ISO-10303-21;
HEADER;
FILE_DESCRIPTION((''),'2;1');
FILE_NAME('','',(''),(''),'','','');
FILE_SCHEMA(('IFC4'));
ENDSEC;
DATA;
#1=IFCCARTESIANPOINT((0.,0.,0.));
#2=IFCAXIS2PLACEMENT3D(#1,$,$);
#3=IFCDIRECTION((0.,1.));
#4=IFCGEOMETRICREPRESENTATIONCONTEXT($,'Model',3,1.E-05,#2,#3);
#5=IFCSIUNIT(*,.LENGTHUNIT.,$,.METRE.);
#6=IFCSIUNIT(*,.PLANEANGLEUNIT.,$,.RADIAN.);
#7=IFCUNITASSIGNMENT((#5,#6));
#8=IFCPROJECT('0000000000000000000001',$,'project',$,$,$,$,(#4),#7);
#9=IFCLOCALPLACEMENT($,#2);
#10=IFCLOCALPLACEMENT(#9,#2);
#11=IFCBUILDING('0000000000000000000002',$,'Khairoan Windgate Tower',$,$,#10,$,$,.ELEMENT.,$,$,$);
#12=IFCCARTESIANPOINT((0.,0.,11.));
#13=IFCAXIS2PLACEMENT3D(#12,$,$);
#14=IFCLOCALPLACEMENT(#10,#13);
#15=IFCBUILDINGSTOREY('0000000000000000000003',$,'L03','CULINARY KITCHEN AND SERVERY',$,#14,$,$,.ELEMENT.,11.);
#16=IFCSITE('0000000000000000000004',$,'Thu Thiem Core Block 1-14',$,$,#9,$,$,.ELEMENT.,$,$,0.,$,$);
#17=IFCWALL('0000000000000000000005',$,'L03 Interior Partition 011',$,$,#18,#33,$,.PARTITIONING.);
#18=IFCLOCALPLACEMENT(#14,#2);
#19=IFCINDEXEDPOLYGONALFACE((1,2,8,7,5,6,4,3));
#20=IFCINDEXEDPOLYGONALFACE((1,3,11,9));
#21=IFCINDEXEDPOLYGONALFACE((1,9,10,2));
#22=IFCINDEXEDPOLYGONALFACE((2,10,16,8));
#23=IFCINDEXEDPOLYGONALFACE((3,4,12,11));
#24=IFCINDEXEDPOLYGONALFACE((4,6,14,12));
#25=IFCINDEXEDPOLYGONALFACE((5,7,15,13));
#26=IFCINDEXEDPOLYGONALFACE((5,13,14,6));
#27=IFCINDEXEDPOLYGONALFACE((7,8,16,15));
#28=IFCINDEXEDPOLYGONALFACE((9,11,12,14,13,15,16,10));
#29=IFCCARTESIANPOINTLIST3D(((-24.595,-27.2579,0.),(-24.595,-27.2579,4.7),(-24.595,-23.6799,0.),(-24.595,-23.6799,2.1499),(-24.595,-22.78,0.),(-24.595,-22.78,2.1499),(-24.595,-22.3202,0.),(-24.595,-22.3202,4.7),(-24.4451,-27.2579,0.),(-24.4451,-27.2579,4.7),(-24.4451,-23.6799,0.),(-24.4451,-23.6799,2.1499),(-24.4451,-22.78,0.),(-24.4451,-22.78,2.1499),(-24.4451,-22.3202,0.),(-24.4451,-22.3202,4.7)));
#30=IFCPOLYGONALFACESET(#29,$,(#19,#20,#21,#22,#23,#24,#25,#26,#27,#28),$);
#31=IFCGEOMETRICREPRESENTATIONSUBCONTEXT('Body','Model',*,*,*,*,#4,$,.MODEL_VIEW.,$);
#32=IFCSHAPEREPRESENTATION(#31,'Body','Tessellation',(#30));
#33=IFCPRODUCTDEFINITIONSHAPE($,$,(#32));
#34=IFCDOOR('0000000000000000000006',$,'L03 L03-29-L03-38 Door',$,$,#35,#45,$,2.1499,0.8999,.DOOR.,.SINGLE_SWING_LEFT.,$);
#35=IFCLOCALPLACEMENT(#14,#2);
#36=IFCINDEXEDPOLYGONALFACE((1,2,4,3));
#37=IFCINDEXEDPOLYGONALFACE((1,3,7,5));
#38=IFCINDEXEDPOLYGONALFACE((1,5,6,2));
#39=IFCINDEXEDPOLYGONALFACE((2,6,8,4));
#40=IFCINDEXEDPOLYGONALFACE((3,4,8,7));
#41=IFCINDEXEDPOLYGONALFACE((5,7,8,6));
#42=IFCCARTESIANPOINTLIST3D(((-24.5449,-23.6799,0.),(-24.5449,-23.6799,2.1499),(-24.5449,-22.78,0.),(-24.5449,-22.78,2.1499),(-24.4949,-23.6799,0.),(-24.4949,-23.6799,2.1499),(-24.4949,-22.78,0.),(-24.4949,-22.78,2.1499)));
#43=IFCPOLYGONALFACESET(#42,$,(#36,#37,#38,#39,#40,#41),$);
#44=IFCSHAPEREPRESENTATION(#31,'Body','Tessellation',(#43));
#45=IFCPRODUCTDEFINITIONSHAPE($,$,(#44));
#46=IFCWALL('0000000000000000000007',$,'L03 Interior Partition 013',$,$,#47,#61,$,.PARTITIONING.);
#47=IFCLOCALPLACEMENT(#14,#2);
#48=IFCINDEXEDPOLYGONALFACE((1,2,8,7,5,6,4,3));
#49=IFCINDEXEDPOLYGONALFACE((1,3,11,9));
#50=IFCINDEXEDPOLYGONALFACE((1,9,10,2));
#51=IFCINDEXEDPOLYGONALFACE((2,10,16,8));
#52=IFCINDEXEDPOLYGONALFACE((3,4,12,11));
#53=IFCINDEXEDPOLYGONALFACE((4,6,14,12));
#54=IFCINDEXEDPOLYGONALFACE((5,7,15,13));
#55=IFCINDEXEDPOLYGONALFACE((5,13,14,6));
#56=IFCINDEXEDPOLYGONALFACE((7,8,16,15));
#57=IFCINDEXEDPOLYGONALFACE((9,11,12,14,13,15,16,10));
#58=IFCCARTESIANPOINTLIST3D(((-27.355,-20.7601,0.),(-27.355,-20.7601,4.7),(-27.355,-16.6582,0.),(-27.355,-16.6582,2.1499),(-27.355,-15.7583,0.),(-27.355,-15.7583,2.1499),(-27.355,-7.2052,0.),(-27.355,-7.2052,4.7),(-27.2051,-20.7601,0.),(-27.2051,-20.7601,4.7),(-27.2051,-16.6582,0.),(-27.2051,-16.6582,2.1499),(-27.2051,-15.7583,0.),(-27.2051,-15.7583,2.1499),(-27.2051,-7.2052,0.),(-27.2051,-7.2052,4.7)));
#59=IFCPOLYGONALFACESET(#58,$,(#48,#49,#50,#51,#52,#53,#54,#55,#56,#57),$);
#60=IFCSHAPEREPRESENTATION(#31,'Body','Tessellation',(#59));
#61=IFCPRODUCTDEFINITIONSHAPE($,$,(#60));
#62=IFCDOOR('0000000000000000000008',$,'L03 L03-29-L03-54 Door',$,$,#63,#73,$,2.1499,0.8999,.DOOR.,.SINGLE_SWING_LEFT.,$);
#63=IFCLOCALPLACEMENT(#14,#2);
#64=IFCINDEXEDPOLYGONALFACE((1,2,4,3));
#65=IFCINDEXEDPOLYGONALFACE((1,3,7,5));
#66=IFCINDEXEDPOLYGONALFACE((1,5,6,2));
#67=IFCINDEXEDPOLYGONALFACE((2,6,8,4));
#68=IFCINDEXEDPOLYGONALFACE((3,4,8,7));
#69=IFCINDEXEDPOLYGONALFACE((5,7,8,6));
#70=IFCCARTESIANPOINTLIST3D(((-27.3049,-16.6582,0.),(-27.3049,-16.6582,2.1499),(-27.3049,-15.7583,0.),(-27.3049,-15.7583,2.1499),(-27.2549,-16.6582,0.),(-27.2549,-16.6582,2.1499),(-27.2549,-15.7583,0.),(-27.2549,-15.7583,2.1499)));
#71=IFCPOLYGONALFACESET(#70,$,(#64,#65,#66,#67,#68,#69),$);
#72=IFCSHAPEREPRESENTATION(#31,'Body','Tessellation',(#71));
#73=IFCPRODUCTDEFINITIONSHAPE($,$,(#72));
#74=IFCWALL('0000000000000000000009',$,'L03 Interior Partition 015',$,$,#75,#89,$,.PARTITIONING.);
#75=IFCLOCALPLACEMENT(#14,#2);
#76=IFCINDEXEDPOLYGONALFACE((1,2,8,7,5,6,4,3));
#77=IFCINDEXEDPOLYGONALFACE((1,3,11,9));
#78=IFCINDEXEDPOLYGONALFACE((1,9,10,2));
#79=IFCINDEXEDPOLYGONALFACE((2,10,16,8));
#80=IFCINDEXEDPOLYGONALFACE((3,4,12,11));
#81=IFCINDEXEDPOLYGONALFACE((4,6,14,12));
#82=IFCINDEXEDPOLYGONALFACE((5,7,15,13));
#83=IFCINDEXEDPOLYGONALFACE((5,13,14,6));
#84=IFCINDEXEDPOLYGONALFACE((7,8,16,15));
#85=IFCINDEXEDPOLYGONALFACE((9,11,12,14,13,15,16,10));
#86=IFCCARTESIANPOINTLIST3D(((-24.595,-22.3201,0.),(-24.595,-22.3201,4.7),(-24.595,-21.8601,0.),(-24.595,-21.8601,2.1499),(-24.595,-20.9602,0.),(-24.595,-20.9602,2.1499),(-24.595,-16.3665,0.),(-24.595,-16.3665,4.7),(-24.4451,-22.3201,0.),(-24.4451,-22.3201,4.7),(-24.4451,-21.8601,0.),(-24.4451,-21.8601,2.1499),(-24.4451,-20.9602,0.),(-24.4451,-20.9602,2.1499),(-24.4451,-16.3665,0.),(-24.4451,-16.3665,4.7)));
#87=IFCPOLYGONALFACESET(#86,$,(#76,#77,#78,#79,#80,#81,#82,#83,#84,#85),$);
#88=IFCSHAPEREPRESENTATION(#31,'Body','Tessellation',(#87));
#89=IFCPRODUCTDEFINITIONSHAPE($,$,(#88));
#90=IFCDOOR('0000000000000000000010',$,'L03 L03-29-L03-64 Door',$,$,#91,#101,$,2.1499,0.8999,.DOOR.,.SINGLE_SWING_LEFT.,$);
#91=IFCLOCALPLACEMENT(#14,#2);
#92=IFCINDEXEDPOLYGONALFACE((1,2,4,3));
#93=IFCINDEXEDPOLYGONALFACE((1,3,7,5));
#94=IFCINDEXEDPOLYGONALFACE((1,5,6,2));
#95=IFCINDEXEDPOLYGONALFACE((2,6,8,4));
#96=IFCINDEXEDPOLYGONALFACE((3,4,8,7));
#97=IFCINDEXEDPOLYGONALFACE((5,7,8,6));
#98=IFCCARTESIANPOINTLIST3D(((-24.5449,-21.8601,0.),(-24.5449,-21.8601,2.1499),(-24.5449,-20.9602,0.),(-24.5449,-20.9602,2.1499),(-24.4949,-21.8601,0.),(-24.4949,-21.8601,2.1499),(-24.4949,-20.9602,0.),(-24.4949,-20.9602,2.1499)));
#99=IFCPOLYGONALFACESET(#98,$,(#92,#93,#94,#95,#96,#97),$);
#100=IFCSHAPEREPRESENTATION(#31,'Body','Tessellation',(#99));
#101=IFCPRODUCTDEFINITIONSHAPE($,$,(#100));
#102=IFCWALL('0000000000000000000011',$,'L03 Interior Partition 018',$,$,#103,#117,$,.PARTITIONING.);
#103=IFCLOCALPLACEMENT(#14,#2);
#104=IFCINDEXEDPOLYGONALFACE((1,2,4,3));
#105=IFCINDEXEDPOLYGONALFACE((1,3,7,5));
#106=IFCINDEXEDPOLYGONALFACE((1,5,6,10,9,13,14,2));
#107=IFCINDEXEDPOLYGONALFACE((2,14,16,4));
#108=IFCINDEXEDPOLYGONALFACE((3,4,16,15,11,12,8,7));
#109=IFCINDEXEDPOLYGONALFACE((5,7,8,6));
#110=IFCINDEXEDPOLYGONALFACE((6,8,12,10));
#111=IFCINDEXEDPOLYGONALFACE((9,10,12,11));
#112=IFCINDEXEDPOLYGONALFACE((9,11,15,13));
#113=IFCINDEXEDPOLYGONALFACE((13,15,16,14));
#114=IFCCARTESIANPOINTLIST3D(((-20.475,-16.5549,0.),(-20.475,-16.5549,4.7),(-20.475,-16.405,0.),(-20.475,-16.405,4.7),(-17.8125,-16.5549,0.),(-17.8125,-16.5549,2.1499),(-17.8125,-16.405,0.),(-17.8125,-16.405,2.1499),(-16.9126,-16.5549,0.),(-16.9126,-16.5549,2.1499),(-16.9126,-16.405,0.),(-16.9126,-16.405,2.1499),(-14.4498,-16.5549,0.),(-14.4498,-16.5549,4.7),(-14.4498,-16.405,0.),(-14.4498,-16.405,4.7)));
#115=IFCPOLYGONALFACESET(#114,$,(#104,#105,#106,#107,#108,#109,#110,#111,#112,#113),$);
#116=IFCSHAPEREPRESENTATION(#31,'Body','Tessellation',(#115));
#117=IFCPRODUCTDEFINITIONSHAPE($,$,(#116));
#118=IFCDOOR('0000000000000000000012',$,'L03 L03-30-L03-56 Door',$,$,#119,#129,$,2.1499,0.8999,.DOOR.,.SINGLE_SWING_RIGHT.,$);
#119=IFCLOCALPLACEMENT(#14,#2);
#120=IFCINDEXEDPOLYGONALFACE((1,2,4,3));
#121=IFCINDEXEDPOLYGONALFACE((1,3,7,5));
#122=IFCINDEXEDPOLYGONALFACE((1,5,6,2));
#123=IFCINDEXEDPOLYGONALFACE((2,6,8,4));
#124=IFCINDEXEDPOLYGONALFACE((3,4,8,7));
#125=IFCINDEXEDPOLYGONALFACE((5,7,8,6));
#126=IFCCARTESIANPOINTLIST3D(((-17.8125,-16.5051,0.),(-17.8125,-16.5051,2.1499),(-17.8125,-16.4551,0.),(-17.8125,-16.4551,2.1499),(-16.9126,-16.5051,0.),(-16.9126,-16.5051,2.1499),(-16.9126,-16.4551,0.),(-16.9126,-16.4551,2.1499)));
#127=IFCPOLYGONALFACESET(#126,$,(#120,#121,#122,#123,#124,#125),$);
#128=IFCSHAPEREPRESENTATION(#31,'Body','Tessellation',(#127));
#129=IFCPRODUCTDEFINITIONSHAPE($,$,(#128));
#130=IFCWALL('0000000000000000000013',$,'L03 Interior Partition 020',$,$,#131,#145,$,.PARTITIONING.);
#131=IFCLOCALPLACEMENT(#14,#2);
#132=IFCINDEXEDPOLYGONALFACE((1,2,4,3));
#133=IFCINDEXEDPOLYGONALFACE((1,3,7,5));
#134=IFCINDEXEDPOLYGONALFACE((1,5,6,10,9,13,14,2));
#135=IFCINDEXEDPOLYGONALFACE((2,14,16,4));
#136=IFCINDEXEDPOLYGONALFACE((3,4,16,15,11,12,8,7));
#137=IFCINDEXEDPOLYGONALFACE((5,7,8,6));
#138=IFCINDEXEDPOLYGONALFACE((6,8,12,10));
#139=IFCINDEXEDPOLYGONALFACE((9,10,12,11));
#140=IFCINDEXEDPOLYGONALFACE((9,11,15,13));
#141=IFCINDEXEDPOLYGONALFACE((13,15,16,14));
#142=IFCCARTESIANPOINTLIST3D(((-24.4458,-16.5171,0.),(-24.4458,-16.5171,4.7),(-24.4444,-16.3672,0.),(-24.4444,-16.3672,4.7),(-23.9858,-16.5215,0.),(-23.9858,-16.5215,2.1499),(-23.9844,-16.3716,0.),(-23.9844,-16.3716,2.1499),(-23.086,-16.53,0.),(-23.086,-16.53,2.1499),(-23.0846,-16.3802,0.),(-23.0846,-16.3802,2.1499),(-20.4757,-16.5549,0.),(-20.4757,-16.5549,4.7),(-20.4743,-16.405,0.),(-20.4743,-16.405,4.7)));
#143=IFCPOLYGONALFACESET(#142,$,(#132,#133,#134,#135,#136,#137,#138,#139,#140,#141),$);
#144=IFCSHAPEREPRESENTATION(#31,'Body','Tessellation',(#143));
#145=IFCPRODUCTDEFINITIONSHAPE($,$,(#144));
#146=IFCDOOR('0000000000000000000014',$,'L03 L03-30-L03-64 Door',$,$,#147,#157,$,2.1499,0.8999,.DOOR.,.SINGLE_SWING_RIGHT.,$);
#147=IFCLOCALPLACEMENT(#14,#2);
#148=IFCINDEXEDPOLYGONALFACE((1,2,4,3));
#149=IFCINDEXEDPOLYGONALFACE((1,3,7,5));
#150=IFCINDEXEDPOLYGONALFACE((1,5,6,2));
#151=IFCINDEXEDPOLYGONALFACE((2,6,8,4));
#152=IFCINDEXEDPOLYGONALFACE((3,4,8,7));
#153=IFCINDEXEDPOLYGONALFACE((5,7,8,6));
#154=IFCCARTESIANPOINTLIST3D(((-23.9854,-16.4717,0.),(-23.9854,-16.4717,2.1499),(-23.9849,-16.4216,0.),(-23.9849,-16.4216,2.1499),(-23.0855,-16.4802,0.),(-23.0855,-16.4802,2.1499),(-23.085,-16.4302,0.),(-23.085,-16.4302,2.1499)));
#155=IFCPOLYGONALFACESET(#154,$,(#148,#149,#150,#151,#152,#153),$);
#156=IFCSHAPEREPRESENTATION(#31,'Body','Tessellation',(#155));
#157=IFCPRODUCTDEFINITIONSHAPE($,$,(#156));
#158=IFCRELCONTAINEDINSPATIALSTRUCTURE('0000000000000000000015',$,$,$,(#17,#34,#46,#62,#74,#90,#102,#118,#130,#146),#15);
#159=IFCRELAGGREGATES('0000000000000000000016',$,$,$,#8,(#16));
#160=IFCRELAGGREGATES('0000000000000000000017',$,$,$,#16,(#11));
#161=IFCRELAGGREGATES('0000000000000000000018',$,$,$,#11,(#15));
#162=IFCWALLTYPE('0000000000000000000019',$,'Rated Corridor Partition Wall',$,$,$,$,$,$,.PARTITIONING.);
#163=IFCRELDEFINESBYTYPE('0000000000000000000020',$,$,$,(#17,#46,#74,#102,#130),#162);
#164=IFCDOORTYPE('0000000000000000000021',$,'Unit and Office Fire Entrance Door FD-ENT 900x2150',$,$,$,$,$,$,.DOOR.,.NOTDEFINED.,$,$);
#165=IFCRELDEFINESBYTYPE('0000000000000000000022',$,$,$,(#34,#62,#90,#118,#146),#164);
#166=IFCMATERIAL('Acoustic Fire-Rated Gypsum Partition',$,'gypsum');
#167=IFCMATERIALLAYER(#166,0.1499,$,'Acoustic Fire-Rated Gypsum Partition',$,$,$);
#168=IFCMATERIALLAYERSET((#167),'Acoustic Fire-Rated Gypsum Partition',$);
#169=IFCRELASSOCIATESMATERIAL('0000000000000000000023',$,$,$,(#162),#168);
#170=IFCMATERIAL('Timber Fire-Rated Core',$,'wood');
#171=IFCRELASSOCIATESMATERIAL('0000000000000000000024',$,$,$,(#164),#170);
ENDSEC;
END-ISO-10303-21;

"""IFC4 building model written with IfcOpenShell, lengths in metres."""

from ifc_helpers import new_model, si_unit, direction, frame, frame_2d, origin, place, context, subcontext, project, spatial, rectangle, extrude, material, layer, layer_set, type_object, element, fill, save


model = new_model("IFC4")

# Units and contexts
model_context = context("Model", 3, precision=1e-05, world=origin(), true_north=direction((0.0, 1.0)))
body_context = subcontext(model_context, "Body", "Model", "MODEL_VIEW")
ifc_project = project(units=[si_unit("LENGTHUNIT", "METRE"), si_unit("PLANEANGLEUNIT", "RADIAN")], contexts=[model_context])

# Site, building, storey
site_placement = place(None, origin())
site = spatial("IfcSite", under=ifc_project, at=site_placement, Name="Thu Thiem Core Block 1-14", CompositionType="ELEMENT", RefElevation=0.0)
building_placement = place(site_placement, origin())
building = spatial("IfcBuilding", under=site, at=building_placement, Name="Khairoan Windgate Tower", CompositionType="ELEMENT")
storey_placement = place(building_placement, frame((0.0, 0.0, 11.0)))
storey = spatial("IfcBuildingStorey", under=building, at=storey_placement, Name="L03", Description="CULINARY KITCHEN AND SERVERY", CompositionType="ELEMENT", Elevation=11.0)

# Walls, openings, doors
ifc_material_1 = material(Name="Acoustic Fire-Rated Gypsum Partition", Category="gypsum")
ifc_layer_1 = layer(ifc_material_1, 0.1499, Name="Acoustic Fire-Rated Gypsum Partition")
ifc_layer_set_1 = layer_set([ifc_layer_1], Name="Acoustic Fire-Rated Gypsum Partition")
wall_type_1 = type_object("IfcWallType", Name="Rated Corridor Partition Wall", PredefinedType="PARTITIONING", material=ifc_layer_set_1)
ifc_material_2 = material(Name="Timber Fire-Rated Core", Category="wood")
door_type_1 = type_object("IfcDoorType", Name="Unit and Office Fire Entrance Door FD-ENT 900x2150", OperationType="NOTDEFINED", PredefinedType="DOOR", material=ifc_material_2)
wall_1_placement = place(storey_placement, frame((-24.52, -27.2578, 0.0), z_axis=(0.0, 0.0, 1.0), x_axis=(0.0, 1.0, 0.0)))
wall_1 = element("IfcWall", 1, at=wall_1_placement, inside=storey, type_object=wall_type_1, Name="L03 Interior Partition 011", PredefinedType="PARTITIONING", context=body_context, shape_type="SweptSolid", body=[
    extrude(rectangle(XDim=4.9377, YDim=0.1499, at=frame_2d((2.4688, 0.0))), origin(), (0.0, 0.0, 1.0), 4.7),
])
opening_1_placement = place(wall_1_placement, frame((3.5779, 0.0, 0.0)))
opening_1 = element("IfcOpeningElement", 2, at=opening_1_placement, cuts=wall_1, PredefinedType="OPENING", context=body_context, shape_type="SweptSolid", body=[
    extrude(rectangle(XDim=0.8999, YDim=2.1499, at=frame_2d((0.45, 1.075))), frame((0.0, 0.085, 0.0), z_axis=(0.0, -1.0, 0.0), x_axis=(1.0, 0.0, 0.0)), (0.0, 0.0, 1.0), 0.1699),
])
door_1_placement = place(opening_1_placement, origin())
door_1 = element("IfcDoor", 3, at=door_1_placement, inside=storey, type_object=door_type_1, Name="L03 L03-29-L03-38 Door", OperationType="SINGLE_SWING_LEFT", OverallHeight=2.1499, OverallWidth=0.8999, PredefinedType="DOOR", context=body_context, shape_type="SweptSolid", body=[
    extrude(rectangle(XDim=0.8999, YDim=2.1499, at=frame_2d((0.45, 1.075))), frame((0.0, 0.0249, 0.0), z_axis=(0.0, -1.0, 0.0), x_axis=(1.0, 0.0, 0.0)), (0.0, 0.0, 1.0), 0.05),
])
fill(opening_1, door_1)
wall_2_placement = place(storey_placement, frame((-27.28, -20.76, 0.0), z_axis=(0.0, 0.0, 1.0), x_axis=(0.0, 1.0, 0.0)))
wall_2 = element("IfcWall", 4, at=wall_2_placement, inside=storey, type_object=wall_type_1, Name="L03 Interior Partition 013", PredefinedType="PARTITIONING", context=body_context, shape_type="SweptSolid", body=[
    extrude(rectangle(XDim=13.5549, YDim=0.1499, at=frame_2d((6.7773, 0.0))), origin(), (0.0, 0.0, 1.0), 4.7),
])
opening_2_placement = place(wall_2_placement, frame((4.1018, 0.0, 0.0)))
opening_2 = element("IfcOpeningElement", 5, at=opening_2_placement, cuts=wall_2, PredefinedType="OPENING", context=body_context, shape_type="SweptSolid", body=[
    extrude(rectangle(XDim=0.8999, YDim=2.1499, at=frame_2d((0.45, 1.075))), frame((0.0, 0.085, 0.0), z_axis=(0.0, -1.0, 0.0), x_axis=(1.0, 0.0, 0.0)), (0.0, 0.0, 1.0), 0.1699),
])
door_2_placement = place(opening_2_placement, origin())
door_2 = element("IfcDoor", 6, at=door_2_placement, inside=storey, type_object=door_type_1, Name="L03 L03-29-L03-54 Door", OperationType="SINGLE_SWING_LEFT", OverallHeight=2.1499, OverallWidth=0.8999, PredefinedType="DOOR", context=body_context, shape_type="SweptSolid", body=[
    extrude(rectangle(XDim=0.8999, YDim=2.1499, at=frame_2d((0.45, 1.075))), frame((0.0, 0.0249, 0.0), z_axis=(0.0, -1.0, 0.0), x_axis=(1.0, 0.0, 0.0)), (0.0, 0.0, 1.0), 0.05),
])
fill(opening_2, door_2)
wall_3_placement = place(storey_placement, frame((-24.52, -22.3201, 0.0), z_axis=(0.0, 0.0, 1.0), x_axis=(0.0, 1.0, 0.0)))
wall_3 = element("IfcWall", 7, at=wall_3_placement, inside=storey, type_object=wall_type_1, Name="L03 Interior Partition 015", PredefinedType="PARTITIONING", context=body_context, shape_type="SweptSolid", body=[
    extrude(rectangle(XDim=5.9536, YDim=0.1499, at=frame_2d((2.9768, 0.0))), origin(), (0.0, 0.0, 1.0), 4.7),
])
opening_3_placement = place(wall_3_placement, frame((0.46, 0.0, 0.0)))
opening_3 = element("IfcOpeningElement", 8, at=opening_3_placement, cuts=wall_3, PredefinedType="OPENING", context=body_context, shape_type="SweptSolid", body=[
    extrude(rectangle(XDim=0.8999, YDim=2.1499, at=frame_2d((0.45, 1.075))), frame((0.0, 0.085, 0.0), z_axis=(0.0, -1.0, 0.0), x_axis=(1.0, 0.0, 0.0)), (0.0, 0.0, 1.0), 0.1699),
])
door_3_placement = place(opening_3_placement, origin())
door_3 = element("IfcDoor", 9, at=door_3_placement, inside=storey, type_object=door_type_1, Name="L03 L03-29-L03-64 Door", OperationType="SINGLE_SWING_LEFT", OverallHeight=2.1499, OverallWidth=0.8999, PredefinedType="DOOR", context=body_context, shape_type="SweptSolid", body=[
    extrude(rectangle(XDim=0.8999, YDim=2.1499, at=frame_2d((0.45, 1.075))), frame((0.0, 0.0249, 0.0), z_axis=(0.0, -1.0, 0.0), x_axis=(1.0, 0.0, 0.0)), (0.0, 0.0, 1.0), 0.05),
])
fill(opening_3, door_3)
wall_4_placement = place(storey_placement, frame((-20.4751, -16.48, 0.0), z_axis=(0.0, 0.0, 1.0), x_axis=(1.0, 0.0, 0.0)))
wall_4 = element("IfcWall", 10, at=wall_4_placement, inside=storey, type_object=wall_type_1, Name="L03 Interior Partition 018", PredefinedType="PARTITIONING", context=body_context, shape_type="SweptSolid", body=[
    extrude(rectangle(XDim=6.0251, YDim=0.1499, at=frame_2d((3.0127, 0.0))), origin(), (0.0, 0.0, 1.0), 4.7),
])
opening_4_placement = place(wall_4_placement, frame((2.6626, 0.0, 0.0)))
opening_4 = element("IfcOpeningElement", 11, at=opening_4_placement, cuts=wall_4, PredefinedType="OPENING", context=body_context, shape_type="SweptSolid", body=[
    extrude(rectangle(XDim=0.8999, YDim=2.1499, at=frame_2d((0.45, 1.075))), frame((0.0, 0.085, 0.0), z_axis=(0.0, -1.0, 0.0), x_axis=(1.0, 0.0, 0.0)), (0.0, 0.0, 1.0), 0.1699),
])
door_4_placement = place(opening_4_placement, origin())
door_4 = element("IfcDoor", 12, at=door_4_placement, inside=storey, type_object=door_type_1, Name="L03 L03-30-L03-56 Door", OperationType="SINGLE_SWING_RIGHT", OverallHeight=2.1499, OverallWidth=0.8999, PredefinedType="DOOR", context=body_context, shape_type="SweptSolid", body=[
    extrude(rectangle(XDim=0.8999, YDim=2.1499, at=frame_2d((0.45, 1.075))), frame((0.0, 0.0249, 0.0), z_axis=(0.0, -1.0, 0.0), x_axis=(1.0, 0.0, 0.0)), (0.0, 0.0, 1.0), 0.05),
])
fill(opening_4, door_4)
wall_5_placement = place(storey_placement, frame((-24.4451, -16.4421, 0.0), z_axis=(0.0, 0.0, 1.0), x_axis=(0.999955, -0.009532, 0.0)))
wall_5 = element("IfcWall", 13, at=wall_5_placement, inside=storey, type_object=wall_type_1, Name="L03 Interior Partition 020", PredefinedType="PARTITIONING", context=body_context, shape_type="SweptSolid", body=[
    extrude(rectangle(XDim=3.9702, YDim=0.1499, at=frame_2d((1.9851, 0.0))), origin(), (0.0, 0.0, 1.0), 4.7),
])
opening_5_placement = place(wall_5_placement, frame((0.46, 0.0, 0.0)))
opening_5 = element("IfcOpeningElement", 14, at=opening_5_placement, cuts=wall_5, PredefinedType="OPENING", context=body_context, shape_type="SweptSolid", body=[
    extrude(rectangle(XDim=0.8999, YDim=2.1499, at=frame_2d((0.45, 1.075))), frame((0.0, 0.085, 0.0), z_axis=(0.0, -1.0, 0.0), x_axis=(1.0, 0.0, 0.0)), (0.0, 0.0, 1.0), 0.1699),
])
door_5_placement = place(opening_5_placement, origin())
door_5 = element("IfcDoor", 15, at=door_5_placement, inside=storey, type_object=door_type_1, Name="L03 L03-30-L03-64 Door", OperationType="SINGLE_SWING_RIGHT", OverallHeight=2.1499, OverallWidth=0.8999, PredefinedType="DOOR", context=body_context, shape_type="SweptSolid", body=[
    extrude(rectangle(XDim=0.8999, YDim=2.1499, at=frame_2d((0.45, 1.075))), frame((0.0, 0.0249, 0.0), z_axis=(0.0, -1.0, 0.0), x_axis=(1.0, 0.0, 0.0)), (0.0, 0.0, 1.0), 0.05),
])
fill(opening_5, door_5)

save(model, "model.ifc")
